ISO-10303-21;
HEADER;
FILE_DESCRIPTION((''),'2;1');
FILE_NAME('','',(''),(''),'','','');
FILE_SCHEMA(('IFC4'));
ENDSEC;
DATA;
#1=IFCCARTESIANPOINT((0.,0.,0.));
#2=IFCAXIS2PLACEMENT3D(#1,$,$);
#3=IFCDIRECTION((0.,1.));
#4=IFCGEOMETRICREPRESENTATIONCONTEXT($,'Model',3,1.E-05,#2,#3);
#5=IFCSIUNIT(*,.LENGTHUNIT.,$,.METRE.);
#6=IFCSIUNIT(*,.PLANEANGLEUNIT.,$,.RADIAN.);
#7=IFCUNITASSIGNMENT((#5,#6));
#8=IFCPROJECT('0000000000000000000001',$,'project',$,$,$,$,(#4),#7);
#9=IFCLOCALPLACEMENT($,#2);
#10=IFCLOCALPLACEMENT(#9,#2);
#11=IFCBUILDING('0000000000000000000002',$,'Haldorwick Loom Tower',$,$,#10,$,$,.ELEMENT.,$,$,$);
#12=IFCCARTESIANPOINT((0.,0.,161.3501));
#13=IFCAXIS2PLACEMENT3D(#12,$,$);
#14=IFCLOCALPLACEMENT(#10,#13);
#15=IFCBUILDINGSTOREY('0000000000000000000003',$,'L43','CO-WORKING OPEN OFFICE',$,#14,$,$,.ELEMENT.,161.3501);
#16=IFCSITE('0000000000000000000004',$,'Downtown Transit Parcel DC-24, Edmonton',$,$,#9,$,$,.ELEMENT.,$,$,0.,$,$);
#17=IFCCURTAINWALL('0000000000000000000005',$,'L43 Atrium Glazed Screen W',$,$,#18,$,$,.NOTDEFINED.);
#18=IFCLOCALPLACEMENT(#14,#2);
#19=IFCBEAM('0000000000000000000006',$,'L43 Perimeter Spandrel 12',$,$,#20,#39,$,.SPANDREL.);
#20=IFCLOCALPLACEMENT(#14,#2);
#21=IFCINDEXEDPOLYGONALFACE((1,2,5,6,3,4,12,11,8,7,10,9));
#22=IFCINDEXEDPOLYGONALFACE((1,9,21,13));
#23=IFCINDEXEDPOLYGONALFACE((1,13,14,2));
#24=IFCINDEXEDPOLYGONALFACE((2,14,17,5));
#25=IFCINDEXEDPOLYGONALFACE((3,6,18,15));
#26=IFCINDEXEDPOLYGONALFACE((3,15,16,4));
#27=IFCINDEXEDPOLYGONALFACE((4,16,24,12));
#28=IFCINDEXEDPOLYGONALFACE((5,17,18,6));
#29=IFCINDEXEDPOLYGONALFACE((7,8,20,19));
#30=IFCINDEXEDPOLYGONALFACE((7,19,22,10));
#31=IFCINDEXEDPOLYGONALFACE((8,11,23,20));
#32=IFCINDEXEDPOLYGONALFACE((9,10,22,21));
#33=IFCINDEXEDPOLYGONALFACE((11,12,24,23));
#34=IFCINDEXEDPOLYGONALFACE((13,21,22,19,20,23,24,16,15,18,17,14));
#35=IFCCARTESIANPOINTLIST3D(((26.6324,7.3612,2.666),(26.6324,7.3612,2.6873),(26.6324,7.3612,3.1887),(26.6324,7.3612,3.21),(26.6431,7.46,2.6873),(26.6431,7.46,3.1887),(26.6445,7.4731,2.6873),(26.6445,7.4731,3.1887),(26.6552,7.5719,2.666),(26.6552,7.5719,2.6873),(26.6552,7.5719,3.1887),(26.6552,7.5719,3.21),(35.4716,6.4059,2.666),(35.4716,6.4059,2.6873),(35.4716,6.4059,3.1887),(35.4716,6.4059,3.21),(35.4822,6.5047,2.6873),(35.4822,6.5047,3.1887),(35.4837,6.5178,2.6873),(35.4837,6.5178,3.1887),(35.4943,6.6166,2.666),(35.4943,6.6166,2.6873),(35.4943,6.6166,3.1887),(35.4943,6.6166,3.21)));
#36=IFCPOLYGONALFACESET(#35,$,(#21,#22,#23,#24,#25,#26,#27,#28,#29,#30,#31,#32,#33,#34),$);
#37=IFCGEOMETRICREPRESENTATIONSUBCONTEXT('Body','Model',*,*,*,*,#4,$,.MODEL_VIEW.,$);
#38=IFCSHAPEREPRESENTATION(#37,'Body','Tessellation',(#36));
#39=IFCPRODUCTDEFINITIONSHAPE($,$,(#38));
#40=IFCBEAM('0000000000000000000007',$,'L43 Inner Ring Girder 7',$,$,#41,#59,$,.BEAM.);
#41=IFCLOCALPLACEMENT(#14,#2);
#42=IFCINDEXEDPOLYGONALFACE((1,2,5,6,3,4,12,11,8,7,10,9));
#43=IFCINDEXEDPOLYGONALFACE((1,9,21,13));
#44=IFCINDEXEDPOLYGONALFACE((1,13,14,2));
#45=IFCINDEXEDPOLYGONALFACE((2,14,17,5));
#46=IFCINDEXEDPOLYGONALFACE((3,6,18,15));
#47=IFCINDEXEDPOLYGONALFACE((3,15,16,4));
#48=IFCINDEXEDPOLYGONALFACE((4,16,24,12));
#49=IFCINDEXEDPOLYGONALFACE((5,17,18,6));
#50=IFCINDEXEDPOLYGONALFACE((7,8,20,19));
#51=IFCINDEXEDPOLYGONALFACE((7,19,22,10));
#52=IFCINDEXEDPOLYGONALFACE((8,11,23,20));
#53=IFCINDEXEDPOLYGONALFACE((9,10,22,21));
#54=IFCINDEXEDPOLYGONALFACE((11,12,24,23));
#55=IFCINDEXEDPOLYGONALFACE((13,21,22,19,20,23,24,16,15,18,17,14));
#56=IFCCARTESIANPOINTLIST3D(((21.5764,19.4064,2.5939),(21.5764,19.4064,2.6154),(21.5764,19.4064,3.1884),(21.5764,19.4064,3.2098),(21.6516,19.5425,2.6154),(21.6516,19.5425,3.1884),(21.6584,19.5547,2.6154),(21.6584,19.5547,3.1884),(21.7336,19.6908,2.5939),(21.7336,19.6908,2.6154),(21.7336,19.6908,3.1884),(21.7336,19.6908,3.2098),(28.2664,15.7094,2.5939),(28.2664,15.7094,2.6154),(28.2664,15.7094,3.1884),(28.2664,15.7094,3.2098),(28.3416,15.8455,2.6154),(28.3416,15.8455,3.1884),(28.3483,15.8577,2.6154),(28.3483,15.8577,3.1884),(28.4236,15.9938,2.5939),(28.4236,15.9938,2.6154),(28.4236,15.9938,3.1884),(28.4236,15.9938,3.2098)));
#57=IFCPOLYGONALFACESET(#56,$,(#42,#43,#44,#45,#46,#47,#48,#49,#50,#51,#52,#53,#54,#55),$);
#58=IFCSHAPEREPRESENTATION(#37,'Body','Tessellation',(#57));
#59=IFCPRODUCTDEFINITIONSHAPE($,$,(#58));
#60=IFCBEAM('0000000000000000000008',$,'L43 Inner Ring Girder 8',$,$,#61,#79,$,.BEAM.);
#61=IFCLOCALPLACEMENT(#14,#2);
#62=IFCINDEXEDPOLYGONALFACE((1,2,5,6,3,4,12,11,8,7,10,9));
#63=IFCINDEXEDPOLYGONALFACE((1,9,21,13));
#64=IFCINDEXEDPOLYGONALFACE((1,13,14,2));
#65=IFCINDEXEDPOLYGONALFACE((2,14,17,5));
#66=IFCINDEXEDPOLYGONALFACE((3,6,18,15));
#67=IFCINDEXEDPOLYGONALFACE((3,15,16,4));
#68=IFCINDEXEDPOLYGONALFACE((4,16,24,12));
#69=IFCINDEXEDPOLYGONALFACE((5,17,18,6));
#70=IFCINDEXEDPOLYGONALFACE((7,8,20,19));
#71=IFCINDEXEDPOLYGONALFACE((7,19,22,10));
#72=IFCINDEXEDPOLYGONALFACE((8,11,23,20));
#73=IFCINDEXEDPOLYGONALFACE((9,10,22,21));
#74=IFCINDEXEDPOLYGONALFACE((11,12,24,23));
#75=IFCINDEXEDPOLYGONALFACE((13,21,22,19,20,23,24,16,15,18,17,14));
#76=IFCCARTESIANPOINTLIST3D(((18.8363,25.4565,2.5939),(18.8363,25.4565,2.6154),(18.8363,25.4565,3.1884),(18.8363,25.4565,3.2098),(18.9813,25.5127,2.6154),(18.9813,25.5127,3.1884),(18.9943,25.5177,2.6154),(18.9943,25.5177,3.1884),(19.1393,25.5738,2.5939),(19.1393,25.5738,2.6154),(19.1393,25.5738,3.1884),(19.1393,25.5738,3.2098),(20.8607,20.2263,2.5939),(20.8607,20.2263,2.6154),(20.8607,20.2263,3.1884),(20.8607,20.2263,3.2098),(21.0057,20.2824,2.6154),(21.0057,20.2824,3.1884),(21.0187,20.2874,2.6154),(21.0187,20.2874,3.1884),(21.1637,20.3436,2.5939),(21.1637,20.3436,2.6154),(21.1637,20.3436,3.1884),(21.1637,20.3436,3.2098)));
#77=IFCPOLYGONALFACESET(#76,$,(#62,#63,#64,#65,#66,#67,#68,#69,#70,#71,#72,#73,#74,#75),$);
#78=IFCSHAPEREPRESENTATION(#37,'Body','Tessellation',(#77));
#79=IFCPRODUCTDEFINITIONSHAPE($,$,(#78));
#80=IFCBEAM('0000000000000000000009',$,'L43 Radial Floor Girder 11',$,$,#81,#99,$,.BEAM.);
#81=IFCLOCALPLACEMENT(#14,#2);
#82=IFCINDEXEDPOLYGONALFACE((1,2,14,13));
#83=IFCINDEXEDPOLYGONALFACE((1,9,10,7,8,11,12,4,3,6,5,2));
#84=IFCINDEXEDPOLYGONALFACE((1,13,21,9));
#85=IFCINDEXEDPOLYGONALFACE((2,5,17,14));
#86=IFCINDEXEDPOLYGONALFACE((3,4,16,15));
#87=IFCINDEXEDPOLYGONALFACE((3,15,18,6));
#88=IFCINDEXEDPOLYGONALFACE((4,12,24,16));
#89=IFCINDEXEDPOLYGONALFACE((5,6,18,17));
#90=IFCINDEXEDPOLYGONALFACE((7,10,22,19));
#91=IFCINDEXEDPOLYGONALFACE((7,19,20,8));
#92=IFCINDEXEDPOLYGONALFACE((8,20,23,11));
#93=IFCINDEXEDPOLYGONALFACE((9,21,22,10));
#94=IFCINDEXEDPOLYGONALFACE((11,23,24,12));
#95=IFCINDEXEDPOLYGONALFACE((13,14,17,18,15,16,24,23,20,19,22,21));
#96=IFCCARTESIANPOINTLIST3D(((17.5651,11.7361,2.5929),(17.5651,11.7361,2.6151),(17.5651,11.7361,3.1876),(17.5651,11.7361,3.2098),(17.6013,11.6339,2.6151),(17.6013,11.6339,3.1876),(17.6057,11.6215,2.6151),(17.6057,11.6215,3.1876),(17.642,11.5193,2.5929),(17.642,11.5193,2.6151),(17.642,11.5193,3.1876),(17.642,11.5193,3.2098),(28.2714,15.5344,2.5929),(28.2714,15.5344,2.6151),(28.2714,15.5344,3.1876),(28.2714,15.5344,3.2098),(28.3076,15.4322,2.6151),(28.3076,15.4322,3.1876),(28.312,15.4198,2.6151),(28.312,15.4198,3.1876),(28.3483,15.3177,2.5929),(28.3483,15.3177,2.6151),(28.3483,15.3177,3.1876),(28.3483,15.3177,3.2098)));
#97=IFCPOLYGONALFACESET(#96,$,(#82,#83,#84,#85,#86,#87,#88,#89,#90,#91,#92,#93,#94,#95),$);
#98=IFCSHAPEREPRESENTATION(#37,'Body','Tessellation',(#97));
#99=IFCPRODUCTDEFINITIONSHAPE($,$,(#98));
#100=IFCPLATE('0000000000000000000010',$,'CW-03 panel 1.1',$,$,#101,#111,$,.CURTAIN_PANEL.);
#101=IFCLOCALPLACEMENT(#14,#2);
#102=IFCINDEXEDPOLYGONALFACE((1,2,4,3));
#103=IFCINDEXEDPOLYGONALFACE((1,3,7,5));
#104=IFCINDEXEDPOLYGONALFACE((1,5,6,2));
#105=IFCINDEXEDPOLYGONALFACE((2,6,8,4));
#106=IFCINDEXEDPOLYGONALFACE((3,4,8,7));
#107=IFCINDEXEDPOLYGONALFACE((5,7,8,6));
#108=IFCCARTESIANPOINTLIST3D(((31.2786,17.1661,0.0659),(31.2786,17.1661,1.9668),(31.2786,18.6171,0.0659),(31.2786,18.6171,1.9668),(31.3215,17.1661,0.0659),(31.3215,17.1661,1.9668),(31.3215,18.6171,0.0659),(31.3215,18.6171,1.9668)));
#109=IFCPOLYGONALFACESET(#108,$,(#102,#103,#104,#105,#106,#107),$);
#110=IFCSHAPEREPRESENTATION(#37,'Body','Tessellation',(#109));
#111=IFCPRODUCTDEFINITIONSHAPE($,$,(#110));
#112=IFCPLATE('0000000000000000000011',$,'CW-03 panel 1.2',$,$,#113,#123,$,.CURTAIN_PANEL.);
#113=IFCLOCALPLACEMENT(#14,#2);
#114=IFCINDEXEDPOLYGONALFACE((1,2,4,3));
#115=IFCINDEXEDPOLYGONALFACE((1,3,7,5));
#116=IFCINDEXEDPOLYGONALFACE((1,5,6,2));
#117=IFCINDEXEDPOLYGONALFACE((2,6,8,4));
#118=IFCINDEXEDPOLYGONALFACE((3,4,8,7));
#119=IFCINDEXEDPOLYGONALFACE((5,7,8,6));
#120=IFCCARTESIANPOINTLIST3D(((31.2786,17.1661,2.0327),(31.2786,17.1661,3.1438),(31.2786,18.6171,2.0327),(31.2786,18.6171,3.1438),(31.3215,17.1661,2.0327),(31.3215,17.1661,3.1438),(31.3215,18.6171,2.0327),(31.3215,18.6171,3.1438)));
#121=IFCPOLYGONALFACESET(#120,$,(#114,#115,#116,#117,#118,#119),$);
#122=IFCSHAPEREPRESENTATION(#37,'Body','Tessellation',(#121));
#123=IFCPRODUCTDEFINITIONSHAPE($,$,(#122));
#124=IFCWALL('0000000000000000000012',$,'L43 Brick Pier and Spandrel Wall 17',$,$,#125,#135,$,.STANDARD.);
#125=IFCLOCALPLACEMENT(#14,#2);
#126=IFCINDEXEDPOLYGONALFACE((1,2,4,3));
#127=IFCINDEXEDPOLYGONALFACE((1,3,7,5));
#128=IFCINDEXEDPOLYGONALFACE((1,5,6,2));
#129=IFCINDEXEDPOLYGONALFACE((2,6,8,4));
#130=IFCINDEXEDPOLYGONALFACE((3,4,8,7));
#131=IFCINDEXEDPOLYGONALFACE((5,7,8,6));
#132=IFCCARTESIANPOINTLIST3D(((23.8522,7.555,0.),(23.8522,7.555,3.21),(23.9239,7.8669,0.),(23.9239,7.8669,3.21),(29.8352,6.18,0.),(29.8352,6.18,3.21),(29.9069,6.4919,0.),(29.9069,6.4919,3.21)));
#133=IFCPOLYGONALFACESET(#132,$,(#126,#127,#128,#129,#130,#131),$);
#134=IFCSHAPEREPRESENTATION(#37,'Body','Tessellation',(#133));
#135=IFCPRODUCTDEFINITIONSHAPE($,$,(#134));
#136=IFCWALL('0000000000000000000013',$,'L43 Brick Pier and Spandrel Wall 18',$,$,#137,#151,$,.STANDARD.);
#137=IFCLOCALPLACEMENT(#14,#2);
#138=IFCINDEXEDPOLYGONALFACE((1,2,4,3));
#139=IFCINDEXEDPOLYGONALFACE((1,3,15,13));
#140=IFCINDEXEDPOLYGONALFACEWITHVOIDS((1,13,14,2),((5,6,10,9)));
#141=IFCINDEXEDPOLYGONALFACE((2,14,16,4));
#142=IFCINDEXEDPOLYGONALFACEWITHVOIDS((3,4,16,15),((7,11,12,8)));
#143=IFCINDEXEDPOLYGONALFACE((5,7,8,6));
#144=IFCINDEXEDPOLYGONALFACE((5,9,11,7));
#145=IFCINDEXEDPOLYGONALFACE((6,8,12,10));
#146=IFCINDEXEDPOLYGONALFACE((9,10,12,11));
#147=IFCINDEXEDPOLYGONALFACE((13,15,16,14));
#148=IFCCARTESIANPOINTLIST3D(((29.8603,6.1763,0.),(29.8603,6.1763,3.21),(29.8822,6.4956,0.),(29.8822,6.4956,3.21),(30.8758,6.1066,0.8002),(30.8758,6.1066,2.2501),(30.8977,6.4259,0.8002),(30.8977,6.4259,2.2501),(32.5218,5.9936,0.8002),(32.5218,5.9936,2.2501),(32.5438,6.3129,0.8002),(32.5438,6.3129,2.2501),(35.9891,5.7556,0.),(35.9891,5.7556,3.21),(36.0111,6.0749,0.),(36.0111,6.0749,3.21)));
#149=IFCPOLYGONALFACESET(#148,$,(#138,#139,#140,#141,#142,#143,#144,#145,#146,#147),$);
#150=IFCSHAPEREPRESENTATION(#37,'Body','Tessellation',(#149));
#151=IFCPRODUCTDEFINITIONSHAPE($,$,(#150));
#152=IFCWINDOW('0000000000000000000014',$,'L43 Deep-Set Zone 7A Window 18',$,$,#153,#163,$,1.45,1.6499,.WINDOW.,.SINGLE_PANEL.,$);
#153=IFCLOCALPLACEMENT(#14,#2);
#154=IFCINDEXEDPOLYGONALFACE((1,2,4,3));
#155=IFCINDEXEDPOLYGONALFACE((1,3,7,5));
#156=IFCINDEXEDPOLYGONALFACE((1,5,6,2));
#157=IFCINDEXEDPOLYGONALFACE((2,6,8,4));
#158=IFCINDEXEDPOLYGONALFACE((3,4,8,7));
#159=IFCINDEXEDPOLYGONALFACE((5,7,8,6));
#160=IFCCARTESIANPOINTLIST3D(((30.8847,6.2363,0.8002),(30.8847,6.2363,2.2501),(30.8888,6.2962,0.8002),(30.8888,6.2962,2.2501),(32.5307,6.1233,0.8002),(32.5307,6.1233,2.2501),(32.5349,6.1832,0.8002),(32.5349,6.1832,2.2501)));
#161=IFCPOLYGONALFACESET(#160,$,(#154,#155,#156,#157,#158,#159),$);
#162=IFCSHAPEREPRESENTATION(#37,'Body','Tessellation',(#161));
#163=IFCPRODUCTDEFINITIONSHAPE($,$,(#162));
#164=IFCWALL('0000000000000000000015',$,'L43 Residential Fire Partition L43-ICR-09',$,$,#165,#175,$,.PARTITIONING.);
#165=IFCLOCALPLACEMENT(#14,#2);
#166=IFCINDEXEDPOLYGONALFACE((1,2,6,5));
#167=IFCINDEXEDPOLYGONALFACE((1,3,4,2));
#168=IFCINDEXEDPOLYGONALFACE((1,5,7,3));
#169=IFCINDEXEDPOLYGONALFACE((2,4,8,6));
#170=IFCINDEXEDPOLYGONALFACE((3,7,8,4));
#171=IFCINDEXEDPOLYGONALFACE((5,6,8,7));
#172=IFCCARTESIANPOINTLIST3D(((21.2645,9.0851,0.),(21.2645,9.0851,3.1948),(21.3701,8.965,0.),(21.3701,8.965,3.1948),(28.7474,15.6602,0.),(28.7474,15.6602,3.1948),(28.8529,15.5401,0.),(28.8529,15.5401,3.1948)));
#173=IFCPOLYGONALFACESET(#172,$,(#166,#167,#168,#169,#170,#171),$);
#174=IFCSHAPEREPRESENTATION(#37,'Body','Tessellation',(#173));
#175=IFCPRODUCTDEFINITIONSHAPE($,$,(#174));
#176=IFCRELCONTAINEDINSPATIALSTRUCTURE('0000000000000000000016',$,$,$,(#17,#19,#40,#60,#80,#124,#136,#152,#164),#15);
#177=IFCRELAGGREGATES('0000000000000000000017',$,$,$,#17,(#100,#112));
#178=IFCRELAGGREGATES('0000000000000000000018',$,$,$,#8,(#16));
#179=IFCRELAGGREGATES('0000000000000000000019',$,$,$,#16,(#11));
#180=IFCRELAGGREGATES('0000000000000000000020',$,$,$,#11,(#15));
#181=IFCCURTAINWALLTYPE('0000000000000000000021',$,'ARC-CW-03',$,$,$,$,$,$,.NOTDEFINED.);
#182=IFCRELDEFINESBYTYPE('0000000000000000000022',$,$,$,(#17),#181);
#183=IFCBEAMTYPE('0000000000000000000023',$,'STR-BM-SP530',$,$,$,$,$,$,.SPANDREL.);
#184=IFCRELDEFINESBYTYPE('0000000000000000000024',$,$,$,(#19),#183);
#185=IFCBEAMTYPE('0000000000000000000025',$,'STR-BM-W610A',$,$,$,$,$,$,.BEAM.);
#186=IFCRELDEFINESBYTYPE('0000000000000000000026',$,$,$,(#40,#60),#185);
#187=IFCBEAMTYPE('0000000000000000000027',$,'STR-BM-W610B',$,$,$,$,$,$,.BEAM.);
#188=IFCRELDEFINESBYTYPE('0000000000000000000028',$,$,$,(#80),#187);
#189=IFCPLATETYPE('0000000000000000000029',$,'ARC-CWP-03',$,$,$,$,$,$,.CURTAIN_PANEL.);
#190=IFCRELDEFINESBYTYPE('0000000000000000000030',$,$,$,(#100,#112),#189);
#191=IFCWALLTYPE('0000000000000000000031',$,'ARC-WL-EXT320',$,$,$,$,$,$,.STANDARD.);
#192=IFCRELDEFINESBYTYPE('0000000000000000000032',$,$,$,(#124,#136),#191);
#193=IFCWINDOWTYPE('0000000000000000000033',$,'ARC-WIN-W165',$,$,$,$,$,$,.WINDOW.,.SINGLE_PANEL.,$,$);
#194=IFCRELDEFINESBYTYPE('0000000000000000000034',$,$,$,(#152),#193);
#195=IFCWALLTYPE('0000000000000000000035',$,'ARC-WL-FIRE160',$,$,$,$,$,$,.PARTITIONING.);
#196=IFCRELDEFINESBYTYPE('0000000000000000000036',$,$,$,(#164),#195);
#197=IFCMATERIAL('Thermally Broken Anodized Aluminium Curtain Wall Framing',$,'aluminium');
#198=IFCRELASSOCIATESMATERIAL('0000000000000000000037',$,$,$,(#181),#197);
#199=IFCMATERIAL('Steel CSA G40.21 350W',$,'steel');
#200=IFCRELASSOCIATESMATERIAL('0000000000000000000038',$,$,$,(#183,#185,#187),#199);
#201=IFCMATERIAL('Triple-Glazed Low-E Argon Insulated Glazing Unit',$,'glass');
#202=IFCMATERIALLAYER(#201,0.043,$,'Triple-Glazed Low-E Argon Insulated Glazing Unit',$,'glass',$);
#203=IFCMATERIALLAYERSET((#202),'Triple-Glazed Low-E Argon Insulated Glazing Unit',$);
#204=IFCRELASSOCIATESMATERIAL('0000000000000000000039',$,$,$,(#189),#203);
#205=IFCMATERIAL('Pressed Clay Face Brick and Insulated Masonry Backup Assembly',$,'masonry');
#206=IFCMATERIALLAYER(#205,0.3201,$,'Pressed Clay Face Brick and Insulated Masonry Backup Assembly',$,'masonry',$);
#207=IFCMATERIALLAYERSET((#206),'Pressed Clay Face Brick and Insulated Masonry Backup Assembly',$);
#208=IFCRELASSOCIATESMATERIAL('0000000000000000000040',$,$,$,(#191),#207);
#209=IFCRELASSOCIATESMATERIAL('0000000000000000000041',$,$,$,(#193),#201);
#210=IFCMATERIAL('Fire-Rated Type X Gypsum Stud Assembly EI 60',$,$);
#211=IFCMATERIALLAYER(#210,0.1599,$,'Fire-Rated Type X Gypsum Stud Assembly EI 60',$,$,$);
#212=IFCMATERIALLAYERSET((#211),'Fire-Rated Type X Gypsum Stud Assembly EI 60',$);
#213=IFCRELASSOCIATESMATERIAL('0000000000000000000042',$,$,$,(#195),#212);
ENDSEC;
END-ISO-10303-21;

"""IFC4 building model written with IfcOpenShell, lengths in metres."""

from ifc_helpers import new_model, si_unit, direction, frame, frame_2d, origin, origin_2d, place, context, subcontext, project, spatial, rectangle, i_section, extrude, material, layer, layer_set, material_profile, profile_set, type_object, element, fill, aggregate, save


model = new_model("IFC4")

# Units and contexts
model_context = context("Model", 3, precision=1e-05, world=origin(), true_north=direction((0.0, 1.0)))
body_context = subcontext(model_context, "Body", "Model", "MODEL_VIEW")
ifc_project = project(units=[si_unit("LENGTHUNIT", "METRE"), si_unit("PLANEANGLEUNIT", "RADIAN")], contexts=[model_context])

# Site, building, storey
site_placement = place(None, origin())
site = spatial("IfcSite", under=ifc_project, at=site_placement, Name="Downtown Transit Parcel DC-24, Edmonton", CompositionType="ELEMENT", RefElevation=0.0)
building_placement = place(site_placement, origin())
building = spatial("IfcBuilding", under=site, at=building_placement, Name="Haldorwick Loom Tower", CompositionType="ELEMENT")
storey_placement = place(building_placement, frame((0.0, 0.0, 161.3501)))
storey = spatial("IfcBuildingStorey", under=building, at=storey_placement, Name="L43", Description="CO-WORKING OPEN OFFICE", CompositionType="ELEMENT", Elevation=161.3501)

# Curtain wall
ifc_material_1 = material(Name="Thermally Broken Anodized Aluminium Curtain Wall Framing", Category="aluminium")
curtain_wall_type = type_object("IfcCurtainWallType", Name="ARC-CW-03", PredefinedType="NOTDEFINED", material=ifc_material_1)
curtain_wall_placement = place(storey_placement, origin())
curtain_wall = element("IfcCurtainWall", 1, at=curtain_wall_placement, inside=storey, type_object=curtain_wall_type, Name="L43 Atrium Glazed Screen W", PredefinedType="NOTDEFINED")

# Beams
ifc_material_2 = material(Name="Steel CSA G40.21 350W", Category="steel")
ifc_material_profile_1 = material_profile(ifc_material_2, i_section(OverallWidth=0.2119, OverallDepth=0.5439, WebThickness=0.0132, FlangeThickness=0.0212, at=origin_2d()), Name="W530X123", Category="steel")
ifc_profile_set_1 = profile_set([ifc_material_profile_1], Name="Steel CSA G40.21 350W")
beam_type_1 = type_object("IfcBeamType", Name="STR-BM-SP530", PredefinedType="SPANDREL", material=ifc_profile_set_1)
beam_1_placement = place(storey_placement, frame((26.6438, 7.4666, 2.938), z_axis=(0.99421, -0.107453, 0.0), x_axis=(0.107453, 0.99421, 0.0)))
element("IfcBeam", 2, at=beam_1_placement, inside=storey, type_object=beam_type_1, Name="L43 Perimeter Spandrel 12", PredefinedType="SPANDREL", context=body_context, shape_type="SweptSolid", body=[
    extrude(i_section(OverallWidth=0.2119, OverallDepth=0.5439, WebThickness=0.0132, FlangeThickness=0.0212, at=origin_2d()), origin(), (0.0, 0.0, 1.0), 8.8906),
])
ifc_material_profile_2 = material_profile(ifc_material_2, i_section(OverallWidth=0.325, OverallDepth=0.616, WebThickness=0.0139, FlangeThickness=0.0215, at=origin_2d()), Name="W610X174", Category="steel")
ifc_profile_set_2 = profile_set([ifc_material_profile_2], Name="Steel CSA G40.21 350W")
beam_type_2 = type_object("IfcBeamType", Name="STR-BM-W610A", PredefinedType="BEAM", material=ifc_profile_set_2)
beam_2_placement = place(storey_placement, frame((28.345, 15.8516, 2.9019), z_axis=(-0.875244, 0.483681, 0.0), x_axis=(-0.483681, -0.875244, 0.0)))
element("IfcBeam", 3, at=beam_2_placement, inside=storey, type_object=beam_type_2, Name="L43 Inner Ring Girder 7", PredefinedType="BEAM", context=body_context, shape_type="SweptSolid", body=[
    extrude(i_section(OverallWidth=0.325, OverallDepth=0.616, WebThickness=0.0139, FlangeThickness=0.0215, at=origin_2d()), origin(), (0.0, 0.0, 1.0), 7.6436),
])
beam_3_placement = place(storey_placement, frame((21.0122, 20.2849, 2.9019), z_axis=(-0.360965, 0.932579, 0.0), x_axis=(-0.932579, -0.360965, 0.0)))
element("IfcBeam", 4, at=beam_3_placement, inside=storey, type_object=beam_type_2, Name="L43 Inner Ring Girder 8", PredefinedType="BEAM", context=body_context, shape_type="SweptSolid", body=[
    extrude(i_section(OverallWidth=0.325, OverallDepth=0.616, WebThickness=0.0139, FlangeThickness=0.0215, at=origin_2d()), origin(), (0.0, 0.0, 1.0), 5.6084),
])
ifc_material_profile_3 = material_profile(ifc_material_2, i_section(OverallWidth=0.23, OverallDepth=0.6169, WebThickness=0.0132, FlangeThickness=0.0222, at=origin_2d()), Name="W610X140", Category="steel")
ifc_profile_set_3 = profile_set([ifc_material_profile_3], Name="Steel CSA G40.21 350W")
beam_type_3 = type_object("IfcBeamType", Name="STR-BM-W610B", PredefinedType="BEAM", material=ifc_profile_set_3)
beam_4_placement = place(storey_placement, frame((28.3098, 15.426, 2.9014), z_axis=(-0.942446, -0.334358, 0.0), x_axis=(0.334358, -0.942446, 0.0)))
element("IfcBeam", 5, at=beam_4_placement, inside=storey, type_object=beam_type_3, Name="L43 Radial Floor Girder 11", PredefinedType="BEAM", context=body_context, shape_type="SweptSolid", body=[
    extrude(i_section(OverallWidth=0.23, OverallDepth=0.6169, WebThickness=0.0132, FlangeThickness=0.0222, at=origin_2d()), origin(), (0.0, 0.0, 1.0), 11.3601),
])

# Plates
ifc_material_3 = material(Name="Triple-Glazed Low-E Argon Insulated Glazing Unit", Category="glass")
ifc_layer_1 = layer(ifc_material_3, 0.043, Name="Triple-Glazed Low-E Argon Insulated Glazing Unit", Category="glass")
ifc_layer_set_1 = layer_set([ifc_layer_1], Name="Triple-Glazed Low-E Argon Insulated Glazing Unit")
plate_type = type_object("IfcPlateType", Name="ARC-CWP-03", PredefinedType="CURTAIN_PANEL", material=ifc_layer_set_1)
plate_1_placement = place(storey_placement, frame((31.3, 17.8916, 0.0659), z_axis=(0.0, 0.0, 1.0), x_axis=(0.0, 1.0, 0.0)))
plate_1 = element("IfcPlate", 6, at=plate_1_placement, type_object=plate_type, Name="CW-03 panel 1.1", PredefinedType="CURTAIN_PANEL", context=body_context, shape_type="SweptSolid", body=[
    extrude(rectangle(XDim=1.4509, YDim=0.043, at=origin_2d()), origin(), (0.0, 0.0, 1.0), 1.9009),
])
plate_2_placement = place(storey_placement, frame((31.3, 17.8916, 2.0327), z_axis=(0.0, 0.0, 1.0), x_axis=(0.0, 1.0, 0.0)))
plate_2 = element("IfcPlate", 7, at=plate_2_placement, type_object=plate_type, Name="CW-03 panel 1.2", PredefinedType="CURTAIN_PANEL", context=body_context, shape_type="SweptSolid", body=[
    extrude(rectangle(XDim=1.4509, YDim=0.043, at=origin_2d()), origin(), (0.0, 0.0, 1.0), 1.1111),
])
aggregate(curtain_wall, [plate_1, plate_2])

# Wall
ifc_material_4 = material(Name="Pressed Clay Face Brick and Insulated Masonry Backup Assembly", Category="masonry")
ifc_layer_2 = layer(ifc_material_4, 0.3201, Name="Pressed Clay Face Brick and Insulated Masonry Backup Assembly", Category="masonry")
ifc_layer_set_2 = layer_set([ifc_layer_2], Name="Pressed Clay Face Brick and Insulated Masonry Backup Assembly")
wall_type_1 = type_object("IfcWallType", Name="ARC-WL-EXT320", PredefinedType="STANDARD", material=ifc_layer_set_2)
wall_1_placement = place(storey_placement, frame((23.8882, 7.7109, 0.0), z_axis=(0.0, 0.0, 1.0), x_axis=(0.974593, -0.223982, 0.0)))
element("IfcWall", 8, at=wall_1_placement, inside=storey, type_object=wall_type_1, Name="L43 Brick Pier and Spandrel Wall 17", PredefinedType="STANDARD", context=body_context, shape_type="SweptSolid", body=[
    extrude(rectangle(XDim=6.1389, YDim=0.3201, at=frame_2d((3.0693, 0.0))), origin(), (0.0, 0.0, 1.0), 3.21),
])

# Wall, opening, window
wall_2_placement = place(storey_placement, frame((29.8711, 6.3359, 0.0), z_axis=(0.0, 0.0, 1.0), x_axis=(0.997653, -0.068473, 0.0)))
wall_2 = element("IfcWall", 9, at=wall_2_placement, inside=storey, type_object=wall_type_1, Name="L43 Brick Pier and Spandrel Wall 18", PredefinedType="STANDARD", context=body_context, shape_type="SweptSolid", body=[
    extrude(rectangle(XDim=6.1433, YDim=0.3201, at=frame_2d((3.0718, 0.0))), origin(), (0.0, 0.0, 1.0), 3.21),
])
opening_placement = place(wall_2_placement, frame((1.0181, 0.0, 0.8)))
opening = element("IfcOpeningElement", 10, at=opening_placement, cuts=wall_2, PredefinedType="OPENING", context=body_context, shape_type="SweptSolid", body=[
    extrude(rectangle(XDim=1.6499, YDim=1.45, at=frame_2d((0.825, 0.7251))), frame((0.0, 0.1699, 0.0), z_axis=(0.0, -1.0, 0.0), x_axis=(1.0, 0.0, 0.0)), (0.0, 0.0, 1.0), 0.3401),
])
window_type = type_object("IfcWindowType", Name="ARC-WIN-W165", PartitioningType="SINGLE_PANEL", PredefinedType="WINDOW", material=ifc_material_3)
window_placement = place(opening_placement, origin())
window = element("IfcWindow", 11, at=window_placement, inside=storey, type_object=window_type, Name="L43 Deep-Set Zone 7A Window 18", OverallHeight=1.45, OverallWidth=1.6499, PartitioningType="SINGLE_PANEL", PredefinedType="WINDOW", context=body_context, shape_type="SweptSolid", body=[
    extrude(rectangle(XDim=1.6499, YDim=1.45, at=frame_2d((0.825, 0.7251))), frame((0.0, 0.03, 0.0), z_axis=(0.0, -1.0, 0.0), x_axis=(1.0, 0.0, 0.0)), (0.0, 0.0, 1.0), 0.0601),
])
fill(opening, window)

# Wall
ifc_material_5 = material(Name="Fire-Rated Type X Gypsum Stud Assembly EI 60")
ifc_layer_3 = layer(ifc_material_5, 0.1599, Name="Fire-Rated Type X Gypsum Stud Assembly EI 60")
ifc_layer_set_3 = layer_set([ifc_layer_3], Name="Fire-Rated Type X Gypsum Stud Assembly EI 60")
wall_type_2 = type_object("IfcWallType", Name="ARC-WL-FIRE160", PredefinedType="PARTITIONING", material=ifc_layer_set_3)
wall_3_placement = place(storey_placement, frame((28.8, 15.6001, 0.0), z_axis=(0.0, 0.0, 1.0), x_axis=(-0.7512, -0.660075, 0.0)))
element("IfcWall", 12, at=wall_3_placement, inside=storey, type_object=wall_type_2, Name="L43 Residential Fire Partition L43-ICR-09", PredefinedType="PARTITIONING", context=body_context, shape_type="SweptSolid", body=[
    extrude(rectangle(XDim=9.9612, YDim=0.1599, at=frame_2d((4.9805, 0.0))), origin(), (0.0, 0.0, 1.0), 3.1948),
])

save(model, "model.ifc")
